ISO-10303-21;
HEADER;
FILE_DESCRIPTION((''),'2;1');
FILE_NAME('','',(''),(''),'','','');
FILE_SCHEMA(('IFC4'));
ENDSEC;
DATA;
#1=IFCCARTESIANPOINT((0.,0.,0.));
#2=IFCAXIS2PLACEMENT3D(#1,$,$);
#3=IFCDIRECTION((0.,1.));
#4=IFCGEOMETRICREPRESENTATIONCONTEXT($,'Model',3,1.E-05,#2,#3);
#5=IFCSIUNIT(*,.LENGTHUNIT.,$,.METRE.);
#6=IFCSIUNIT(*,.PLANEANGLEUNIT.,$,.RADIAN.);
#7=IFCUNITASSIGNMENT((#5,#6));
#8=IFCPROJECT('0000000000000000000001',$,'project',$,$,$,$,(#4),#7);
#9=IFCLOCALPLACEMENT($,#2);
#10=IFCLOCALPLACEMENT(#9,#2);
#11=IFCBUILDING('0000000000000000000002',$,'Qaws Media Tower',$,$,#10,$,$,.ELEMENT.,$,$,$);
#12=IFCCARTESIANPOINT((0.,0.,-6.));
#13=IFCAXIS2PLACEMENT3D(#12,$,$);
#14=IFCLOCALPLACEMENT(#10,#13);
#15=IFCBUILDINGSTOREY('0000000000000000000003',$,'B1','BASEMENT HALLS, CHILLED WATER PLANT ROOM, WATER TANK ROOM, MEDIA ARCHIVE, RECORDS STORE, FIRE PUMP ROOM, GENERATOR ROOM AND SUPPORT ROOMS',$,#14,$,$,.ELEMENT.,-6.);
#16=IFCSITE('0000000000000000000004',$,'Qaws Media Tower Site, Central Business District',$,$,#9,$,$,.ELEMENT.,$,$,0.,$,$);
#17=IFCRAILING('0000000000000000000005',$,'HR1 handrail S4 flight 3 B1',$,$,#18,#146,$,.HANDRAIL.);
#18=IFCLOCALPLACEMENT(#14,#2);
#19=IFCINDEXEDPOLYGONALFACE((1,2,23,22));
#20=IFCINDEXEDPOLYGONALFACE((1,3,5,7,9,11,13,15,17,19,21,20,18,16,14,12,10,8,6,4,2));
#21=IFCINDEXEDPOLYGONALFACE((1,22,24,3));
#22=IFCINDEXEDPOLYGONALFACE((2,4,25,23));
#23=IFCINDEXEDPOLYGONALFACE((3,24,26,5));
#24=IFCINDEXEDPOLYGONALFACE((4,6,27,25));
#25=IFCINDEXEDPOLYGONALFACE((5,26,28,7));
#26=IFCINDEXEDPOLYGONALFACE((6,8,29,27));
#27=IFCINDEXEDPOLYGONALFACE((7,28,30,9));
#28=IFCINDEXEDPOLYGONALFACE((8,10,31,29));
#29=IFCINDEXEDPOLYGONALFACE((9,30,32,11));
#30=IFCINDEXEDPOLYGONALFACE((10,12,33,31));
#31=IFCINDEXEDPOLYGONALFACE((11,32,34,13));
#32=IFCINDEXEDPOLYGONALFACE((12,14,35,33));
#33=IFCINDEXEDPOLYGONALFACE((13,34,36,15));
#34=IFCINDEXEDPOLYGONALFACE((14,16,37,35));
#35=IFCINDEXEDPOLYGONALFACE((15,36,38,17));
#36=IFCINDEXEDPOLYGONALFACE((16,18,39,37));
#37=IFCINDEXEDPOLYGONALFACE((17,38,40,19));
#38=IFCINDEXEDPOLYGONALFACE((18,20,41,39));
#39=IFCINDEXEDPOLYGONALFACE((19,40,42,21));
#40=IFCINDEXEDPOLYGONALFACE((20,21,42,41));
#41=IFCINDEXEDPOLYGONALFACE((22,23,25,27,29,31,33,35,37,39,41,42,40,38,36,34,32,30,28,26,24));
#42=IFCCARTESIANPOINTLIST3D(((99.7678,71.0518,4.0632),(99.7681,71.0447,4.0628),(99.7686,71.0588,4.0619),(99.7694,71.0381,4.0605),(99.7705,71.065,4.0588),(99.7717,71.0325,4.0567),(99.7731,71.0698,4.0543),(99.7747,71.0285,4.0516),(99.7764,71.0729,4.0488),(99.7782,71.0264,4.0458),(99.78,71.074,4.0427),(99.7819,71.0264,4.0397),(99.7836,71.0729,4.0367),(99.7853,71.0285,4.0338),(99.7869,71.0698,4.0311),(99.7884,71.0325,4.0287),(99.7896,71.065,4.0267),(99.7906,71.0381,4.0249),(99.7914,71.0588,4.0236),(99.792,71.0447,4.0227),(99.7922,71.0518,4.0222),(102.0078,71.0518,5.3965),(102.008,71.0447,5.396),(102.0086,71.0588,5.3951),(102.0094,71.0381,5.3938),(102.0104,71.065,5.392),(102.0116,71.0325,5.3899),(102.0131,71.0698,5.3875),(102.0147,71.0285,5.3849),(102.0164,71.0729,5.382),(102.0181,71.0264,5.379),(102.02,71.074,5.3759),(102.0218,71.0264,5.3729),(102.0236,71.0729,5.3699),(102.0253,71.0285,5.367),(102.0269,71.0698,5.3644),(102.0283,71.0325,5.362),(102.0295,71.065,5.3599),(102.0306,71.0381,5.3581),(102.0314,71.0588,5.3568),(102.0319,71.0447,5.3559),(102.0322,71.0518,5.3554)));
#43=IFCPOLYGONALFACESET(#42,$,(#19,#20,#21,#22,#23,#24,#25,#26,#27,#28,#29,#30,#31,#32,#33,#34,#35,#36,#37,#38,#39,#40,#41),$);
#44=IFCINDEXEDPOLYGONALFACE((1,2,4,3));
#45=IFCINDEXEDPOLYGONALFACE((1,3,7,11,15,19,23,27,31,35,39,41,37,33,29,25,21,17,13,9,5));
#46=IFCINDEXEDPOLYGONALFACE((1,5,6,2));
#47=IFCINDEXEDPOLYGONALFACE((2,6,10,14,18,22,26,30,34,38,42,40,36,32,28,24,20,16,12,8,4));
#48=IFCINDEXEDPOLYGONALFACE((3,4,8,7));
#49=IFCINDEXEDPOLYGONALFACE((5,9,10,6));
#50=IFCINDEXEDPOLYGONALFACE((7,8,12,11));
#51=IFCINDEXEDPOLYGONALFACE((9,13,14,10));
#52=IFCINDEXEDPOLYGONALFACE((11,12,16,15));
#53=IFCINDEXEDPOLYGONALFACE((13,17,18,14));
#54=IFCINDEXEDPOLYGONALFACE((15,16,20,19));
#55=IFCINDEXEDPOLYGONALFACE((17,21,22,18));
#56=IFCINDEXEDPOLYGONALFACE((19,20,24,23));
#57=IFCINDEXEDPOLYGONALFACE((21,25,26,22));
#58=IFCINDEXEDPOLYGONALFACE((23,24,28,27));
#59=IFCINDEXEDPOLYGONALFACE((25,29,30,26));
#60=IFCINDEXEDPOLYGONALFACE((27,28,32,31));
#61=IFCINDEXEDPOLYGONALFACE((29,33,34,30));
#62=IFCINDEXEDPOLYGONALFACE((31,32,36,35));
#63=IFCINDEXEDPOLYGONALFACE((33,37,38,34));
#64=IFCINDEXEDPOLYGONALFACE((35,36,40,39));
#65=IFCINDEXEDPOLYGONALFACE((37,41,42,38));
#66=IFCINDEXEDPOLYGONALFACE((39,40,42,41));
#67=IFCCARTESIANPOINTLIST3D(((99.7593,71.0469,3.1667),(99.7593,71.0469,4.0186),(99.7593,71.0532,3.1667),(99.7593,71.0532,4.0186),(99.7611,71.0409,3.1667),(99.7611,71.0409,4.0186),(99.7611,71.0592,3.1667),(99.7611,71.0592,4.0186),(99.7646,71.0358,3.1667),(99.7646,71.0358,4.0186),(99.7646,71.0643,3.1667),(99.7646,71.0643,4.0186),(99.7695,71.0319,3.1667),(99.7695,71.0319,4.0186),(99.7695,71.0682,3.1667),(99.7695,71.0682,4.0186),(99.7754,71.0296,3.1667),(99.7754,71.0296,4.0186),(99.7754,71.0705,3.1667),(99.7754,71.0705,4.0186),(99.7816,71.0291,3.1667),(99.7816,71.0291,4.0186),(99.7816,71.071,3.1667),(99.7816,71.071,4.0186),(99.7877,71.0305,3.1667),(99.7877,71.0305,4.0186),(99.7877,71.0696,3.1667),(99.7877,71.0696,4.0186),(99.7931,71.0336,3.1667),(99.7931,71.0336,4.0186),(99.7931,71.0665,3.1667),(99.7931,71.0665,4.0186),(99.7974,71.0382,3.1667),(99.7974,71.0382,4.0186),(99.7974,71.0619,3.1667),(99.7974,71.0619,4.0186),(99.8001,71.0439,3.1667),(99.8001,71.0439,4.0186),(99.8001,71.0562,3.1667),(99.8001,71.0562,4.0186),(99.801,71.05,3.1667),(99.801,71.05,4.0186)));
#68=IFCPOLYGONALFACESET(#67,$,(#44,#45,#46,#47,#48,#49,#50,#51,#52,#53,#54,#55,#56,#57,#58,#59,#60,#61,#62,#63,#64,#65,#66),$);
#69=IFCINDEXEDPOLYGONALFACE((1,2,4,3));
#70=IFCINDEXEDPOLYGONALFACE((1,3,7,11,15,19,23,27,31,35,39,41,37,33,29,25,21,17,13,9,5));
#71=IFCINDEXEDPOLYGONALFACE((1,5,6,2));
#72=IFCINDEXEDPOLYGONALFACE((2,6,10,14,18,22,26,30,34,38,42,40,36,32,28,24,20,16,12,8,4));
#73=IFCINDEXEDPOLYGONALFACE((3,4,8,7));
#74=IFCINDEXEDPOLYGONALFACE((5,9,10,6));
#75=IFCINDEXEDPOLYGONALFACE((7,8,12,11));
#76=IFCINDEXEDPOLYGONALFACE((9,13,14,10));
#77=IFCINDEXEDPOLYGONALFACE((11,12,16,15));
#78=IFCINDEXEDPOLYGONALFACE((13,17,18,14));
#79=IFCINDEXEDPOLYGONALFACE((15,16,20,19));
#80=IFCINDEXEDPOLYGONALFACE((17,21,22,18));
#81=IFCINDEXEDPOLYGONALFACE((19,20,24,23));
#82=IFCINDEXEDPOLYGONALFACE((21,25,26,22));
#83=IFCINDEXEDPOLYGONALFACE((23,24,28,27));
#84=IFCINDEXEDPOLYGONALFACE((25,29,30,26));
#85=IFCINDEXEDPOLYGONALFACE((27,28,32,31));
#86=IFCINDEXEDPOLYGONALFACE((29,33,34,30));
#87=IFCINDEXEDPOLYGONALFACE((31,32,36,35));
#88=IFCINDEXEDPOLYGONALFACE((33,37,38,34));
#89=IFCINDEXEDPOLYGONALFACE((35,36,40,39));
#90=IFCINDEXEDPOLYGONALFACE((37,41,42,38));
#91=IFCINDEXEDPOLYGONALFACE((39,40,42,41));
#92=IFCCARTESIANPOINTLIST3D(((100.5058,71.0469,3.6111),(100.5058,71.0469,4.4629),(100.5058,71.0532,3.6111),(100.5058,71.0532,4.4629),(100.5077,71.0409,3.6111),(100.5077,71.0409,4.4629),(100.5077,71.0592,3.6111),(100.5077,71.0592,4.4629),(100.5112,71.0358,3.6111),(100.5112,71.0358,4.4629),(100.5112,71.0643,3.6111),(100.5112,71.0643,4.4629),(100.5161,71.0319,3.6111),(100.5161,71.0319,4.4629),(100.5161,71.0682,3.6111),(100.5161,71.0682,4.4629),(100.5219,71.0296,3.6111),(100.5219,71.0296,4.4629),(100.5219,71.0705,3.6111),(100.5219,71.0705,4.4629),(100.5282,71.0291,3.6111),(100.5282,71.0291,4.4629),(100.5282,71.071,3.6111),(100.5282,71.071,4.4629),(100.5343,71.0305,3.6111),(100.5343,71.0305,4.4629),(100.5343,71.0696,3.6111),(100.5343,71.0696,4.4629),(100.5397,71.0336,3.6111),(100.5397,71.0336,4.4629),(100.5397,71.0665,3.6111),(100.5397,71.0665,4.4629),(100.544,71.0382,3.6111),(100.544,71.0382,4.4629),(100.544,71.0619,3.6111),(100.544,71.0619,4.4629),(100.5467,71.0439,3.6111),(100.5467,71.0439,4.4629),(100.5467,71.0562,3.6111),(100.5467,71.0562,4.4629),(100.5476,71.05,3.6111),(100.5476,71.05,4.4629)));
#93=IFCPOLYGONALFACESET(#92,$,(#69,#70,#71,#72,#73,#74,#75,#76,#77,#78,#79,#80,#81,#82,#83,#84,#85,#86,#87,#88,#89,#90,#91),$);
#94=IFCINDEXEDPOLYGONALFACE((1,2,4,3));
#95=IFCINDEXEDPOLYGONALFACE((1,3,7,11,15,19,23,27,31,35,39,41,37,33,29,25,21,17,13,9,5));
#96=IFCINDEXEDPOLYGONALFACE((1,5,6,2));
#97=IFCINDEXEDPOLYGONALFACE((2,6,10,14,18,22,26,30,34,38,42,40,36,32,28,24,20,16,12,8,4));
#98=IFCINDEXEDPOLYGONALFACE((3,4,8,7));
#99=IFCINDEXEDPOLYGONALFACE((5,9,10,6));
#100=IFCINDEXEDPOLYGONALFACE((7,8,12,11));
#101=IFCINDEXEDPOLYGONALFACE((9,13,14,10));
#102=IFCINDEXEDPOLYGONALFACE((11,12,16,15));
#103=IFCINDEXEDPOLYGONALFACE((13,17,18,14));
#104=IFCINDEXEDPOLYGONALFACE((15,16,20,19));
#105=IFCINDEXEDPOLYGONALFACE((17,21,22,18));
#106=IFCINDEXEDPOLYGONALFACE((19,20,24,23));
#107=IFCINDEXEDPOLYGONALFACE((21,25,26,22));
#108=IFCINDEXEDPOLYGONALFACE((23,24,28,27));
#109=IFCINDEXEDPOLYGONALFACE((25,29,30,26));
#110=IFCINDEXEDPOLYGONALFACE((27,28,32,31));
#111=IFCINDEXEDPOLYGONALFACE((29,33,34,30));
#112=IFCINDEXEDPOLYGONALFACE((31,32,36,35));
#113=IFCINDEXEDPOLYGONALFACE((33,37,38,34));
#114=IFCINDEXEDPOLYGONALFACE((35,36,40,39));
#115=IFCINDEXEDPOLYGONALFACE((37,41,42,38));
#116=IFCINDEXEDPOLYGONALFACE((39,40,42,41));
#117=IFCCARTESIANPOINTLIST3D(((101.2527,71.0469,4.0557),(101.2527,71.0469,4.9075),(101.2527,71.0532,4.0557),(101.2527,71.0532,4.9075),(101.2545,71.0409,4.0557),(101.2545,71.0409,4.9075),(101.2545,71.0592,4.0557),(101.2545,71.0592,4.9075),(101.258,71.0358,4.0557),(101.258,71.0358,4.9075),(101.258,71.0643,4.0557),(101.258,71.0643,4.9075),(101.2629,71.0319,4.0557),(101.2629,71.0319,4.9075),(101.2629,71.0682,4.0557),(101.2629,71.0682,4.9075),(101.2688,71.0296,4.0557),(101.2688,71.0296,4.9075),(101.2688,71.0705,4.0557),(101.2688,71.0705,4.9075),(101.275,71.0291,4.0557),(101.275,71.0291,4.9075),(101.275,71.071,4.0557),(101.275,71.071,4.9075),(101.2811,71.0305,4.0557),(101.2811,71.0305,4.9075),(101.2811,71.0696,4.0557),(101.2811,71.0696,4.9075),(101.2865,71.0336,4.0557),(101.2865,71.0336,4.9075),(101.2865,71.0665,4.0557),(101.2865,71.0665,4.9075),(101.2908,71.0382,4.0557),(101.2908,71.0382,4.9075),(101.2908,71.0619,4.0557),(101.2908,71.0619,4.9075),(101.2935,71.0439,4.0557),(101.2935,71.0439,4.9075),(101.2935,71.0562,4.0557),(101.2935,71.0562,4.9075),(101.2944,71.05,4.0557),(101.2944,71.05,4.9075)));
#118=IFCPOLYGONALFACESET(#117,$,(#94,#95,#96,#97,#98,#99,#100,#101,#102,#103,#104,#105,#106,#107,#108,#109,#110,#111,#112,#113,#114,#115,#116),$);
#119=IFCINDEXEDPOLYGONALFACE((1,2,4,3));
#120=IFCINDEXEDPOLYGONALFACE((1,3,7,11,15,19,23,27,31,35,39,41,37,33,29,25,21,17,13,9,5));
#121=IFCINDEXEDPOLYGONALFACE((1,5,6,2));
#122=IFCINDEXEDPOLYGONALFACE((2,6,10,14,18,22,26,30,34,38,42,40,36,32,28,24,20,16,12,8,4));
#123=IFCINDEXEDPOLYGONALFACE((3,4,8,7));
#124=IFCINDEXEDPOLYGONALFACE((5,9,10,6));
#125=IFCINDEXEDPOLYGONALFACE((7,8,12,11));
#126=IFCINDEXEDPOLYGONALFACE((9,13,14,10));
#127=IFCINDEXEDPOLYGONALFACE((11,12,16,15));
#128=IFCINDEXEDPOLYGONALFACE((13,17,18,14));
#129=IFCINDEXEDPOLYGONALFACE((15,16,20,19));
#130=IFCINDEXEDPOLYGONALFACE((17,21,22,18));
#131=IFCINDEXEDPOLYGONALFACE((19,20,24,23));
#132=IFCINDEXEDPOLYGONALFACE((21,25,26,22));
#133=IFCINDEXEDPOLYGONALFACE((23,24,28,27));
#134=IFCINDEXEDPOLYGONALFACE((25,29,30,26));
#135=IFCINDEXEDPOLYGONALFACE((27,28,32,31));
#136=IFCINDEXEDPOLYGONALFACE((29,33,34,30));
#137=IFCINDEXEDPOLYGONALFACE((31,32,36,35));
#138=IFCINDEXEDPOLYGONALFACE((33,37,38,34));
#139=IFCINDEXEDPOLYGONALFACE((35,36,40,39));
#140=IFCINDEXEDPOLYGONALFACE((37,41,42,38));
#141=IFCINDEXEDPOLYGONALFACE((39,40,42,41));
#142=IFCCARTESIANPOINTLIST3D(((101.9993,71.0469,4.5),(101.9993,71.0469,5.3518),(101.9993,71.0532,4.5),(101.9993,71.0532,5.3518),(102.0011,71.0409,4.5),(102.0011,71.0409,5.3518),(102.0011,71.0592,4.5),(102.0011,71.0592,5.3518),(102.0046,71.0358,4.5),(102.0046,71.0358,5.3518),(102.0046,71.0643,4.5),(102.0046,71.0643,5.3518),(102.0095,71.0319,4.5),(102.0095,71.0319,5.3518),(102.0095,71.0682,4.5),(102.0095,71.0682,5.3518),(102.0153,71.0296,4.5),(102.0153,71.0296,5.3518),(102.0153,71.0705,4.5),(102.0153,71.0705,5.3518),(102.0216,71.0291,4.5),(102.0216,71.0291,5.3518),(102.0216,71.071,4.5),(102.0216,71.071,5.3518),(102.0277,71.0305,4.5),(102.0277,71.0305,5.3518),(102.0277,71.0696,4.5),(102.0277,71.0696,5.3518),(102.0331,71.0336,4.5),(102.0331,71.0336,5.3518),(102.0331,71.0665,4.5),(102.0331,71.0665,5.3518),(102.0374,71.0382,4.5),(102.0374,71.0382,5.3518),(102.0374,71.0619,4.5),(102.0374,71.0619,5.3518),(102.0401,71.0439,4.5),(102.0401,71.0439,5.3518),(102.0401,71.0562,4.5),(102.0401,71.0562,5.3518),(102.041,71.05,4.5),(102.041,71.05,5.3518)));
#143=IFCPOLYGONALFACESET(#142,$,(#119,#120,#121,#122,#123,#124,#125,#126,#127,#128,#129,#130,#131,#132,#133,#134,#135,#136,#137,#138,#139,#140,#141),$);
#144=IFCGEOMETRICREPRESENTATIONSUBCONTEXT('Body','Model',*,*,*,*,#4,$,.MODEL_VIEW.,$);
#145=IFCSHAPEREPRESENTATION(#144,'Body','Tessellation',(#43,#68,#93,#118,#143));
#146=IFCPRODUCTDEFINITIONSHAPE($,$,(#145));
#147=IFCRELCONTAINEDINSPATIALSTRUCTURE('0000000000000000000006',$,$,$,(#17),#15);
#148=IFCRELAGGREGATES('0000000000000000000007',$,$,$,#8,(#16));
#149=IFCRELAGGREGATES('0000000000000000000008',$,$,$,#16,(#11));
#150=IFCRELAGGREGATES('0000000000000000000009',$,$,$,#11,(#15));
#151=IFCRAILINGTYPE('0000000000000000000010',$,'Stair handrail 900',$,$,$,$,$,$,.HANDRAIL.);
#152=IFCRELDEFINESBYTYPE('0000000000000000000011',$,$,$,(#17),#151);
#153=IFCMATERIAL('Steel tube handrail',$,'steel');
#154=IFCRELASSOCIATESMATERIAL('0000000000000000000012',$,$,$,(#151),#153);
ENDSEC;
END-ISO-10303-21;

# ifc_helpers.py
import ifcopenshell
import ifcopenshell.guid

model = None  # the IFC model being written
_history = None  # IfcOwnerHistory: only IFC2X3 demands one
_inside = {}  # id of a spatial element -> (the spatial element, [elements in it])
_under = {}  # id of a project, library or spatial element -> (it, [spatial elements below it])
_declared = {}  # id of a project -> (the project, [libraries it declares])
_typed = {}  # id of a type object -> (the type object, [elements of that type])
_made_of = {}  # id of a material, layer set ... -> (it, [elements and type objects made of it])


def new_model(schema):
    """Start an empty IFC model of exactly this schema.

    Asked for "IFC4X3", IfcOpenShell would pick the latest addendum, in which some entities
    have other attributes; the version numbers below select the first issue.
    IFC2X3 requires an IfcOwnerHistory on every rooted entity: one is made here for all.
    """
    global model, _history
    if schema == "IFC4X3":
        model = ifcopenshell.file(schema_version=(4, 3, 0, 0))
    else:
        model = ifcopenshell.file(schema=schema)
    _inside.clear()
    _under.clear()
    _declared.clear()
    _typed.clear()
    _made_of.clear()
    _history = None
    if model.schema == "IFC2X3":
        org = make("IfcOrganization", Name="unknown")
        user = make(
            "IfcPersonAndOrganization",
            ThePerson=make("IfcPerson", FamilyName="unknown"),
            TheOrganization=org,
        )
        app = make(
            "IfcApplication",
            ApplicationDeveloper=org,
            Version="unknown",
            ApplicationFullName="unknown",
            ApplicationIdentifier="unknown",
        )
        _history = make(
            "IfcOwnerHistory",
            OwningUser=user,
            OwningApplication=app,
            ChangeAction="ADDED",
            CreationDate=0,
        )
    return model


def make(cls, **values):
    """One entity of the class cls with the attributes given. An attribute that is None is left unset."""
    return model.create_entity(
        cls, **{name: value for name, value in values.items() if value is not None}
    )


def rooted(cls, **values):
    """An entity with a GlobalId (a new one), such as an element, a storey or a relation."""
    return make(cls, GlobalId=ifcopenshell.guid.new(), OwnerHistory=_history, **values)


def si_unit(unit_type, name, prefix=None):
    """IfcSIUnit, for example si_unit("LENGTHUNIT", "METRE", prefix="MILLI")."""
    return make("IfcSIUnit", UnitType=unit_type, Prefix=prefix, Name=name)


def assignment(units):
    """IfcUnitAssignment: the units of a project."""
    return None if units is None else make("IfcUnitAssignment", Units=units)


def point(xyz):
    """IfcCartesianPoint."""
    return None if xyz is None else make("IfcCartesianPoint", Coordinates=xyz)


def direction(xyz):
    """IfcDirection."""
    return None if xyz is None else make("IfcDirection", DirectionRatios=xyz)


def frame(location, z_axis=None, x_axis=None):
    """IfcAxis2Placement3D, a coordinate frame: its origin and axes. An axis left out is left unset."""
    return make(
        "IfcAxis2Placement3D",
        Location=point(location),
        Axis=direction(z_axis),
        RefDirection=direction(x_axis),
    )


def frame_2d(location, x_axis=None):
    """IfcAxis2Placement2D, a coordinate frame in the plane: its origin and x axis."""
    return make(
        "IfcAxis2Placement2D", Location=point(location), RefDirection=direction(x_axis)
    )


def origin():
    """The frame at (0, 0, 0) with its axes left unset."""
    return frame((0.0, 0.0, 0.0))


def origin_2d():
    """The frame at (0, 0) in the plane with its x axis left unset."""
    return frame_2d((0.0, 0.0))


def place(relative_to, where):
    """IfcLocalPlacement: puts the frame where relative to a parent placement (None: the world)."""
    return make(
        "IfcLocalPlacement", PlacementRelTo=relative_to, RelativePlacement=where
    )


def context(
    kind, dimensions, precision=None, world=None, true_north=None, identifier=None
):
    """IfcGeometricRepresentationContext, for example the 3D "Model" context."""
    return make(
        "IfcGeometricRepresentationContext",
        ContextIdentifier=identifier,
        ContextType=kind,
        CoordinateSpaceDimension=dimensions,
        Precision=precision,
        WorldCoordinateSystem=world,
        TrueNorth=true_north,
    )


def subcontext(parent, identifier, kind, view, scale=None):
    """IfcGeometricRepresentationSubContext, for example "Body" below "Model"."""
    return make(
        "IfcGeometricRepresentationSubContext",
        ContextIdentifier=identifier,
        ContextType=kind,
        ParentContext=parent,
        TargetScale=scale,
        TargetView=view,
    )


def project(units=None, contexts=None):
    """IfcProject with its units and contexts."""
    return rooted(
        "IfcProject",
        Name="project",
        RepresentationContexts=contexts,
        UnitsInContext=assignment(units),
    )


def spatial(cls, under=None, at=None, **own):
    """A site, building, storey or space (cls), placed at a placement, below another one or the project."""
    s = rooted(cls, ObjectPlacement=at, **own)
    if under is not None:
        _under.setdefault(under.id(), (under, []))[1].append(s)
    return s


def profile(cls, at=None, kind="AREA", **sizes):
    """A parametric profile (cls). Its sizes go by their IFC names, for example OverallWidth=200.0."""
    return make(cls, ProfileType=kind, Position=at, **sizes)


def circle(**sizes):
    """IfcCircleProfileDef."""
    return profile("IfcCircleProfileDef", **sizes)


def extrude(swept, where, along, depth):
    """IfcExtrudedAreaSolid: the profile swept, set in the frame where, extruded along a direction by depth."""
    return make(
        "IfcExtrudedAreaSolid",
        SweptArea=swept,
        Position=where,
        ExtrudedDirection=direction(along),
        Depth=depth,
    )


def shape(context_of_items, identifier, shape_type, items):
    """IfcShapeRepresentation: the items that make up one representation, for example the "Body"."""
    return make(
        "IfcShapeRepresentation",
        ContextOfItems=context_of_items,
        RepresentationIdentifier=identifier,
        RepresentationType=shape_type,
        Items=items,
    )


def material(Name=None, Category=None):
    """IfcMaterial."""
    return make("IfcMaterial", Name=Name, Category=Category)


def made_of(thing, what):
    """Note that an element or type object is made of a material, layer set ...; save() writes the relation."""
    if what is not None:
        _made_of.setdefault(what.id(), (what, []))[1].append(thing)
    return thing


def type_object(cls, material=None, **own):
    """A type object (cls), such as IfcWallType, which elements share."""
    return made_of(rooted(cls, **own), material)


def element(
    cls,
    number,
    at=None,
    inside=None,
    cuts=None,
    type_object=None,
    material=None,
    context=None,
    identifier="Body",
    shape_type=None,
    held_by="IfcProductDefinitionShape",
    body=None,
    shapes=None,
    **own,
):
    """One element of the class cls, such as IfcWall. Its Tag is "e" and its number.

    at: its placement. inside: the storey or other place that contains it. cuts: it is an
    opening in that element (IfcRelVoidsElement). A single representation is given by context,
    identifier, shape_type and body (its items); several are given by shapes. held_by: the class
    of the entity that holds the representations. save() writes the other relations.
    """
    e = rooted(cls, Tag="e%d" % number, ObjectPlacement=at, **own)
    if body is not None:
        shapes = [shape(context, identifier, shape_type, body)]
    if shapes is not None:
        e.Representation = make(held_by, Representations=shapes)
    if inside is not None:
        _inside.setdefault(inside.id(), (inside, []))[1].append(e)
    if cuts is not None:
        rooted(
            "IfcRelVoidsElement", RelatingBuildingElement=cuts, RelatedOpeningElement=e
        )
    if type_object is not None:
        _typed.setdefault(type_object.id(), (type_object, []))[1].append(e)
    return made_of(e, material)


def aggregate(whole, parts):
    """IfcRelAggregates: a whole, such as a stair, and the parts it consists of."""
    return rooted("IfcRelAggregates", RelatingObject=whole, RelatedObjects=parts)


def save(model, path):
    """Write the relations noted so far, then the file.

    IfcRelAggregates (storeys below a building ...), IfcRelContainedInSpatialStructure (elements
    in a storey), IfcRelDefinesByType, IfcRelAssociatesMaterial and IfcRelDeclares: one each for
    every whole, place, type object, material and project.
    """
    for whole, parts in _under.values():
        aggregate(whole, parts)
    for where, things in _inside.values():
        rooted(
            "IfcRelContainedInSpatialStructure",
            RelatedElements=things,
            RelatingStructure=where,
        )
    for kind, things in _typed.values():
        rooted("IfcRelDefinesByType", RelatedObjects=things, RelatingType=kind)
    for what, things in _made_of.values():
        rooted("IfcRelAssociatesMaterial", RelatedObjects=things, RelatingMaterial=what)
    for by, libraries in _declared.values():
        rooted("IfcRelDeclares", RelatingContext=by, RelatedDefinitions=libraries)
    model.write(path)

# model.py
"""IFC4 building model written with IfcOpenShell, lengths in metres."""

from ifc_helpers import new_model, si_unit, direction, frame, origin, origin_2d, place, context, subcontext, project, spatial, circle, extrude, material, type_object, element, save


model = new_model("IFC4")

# Units and contexts
model_context = context("Model", 3, precision=1e-05, world=origin(), true_north=direction((0.0, 1.0)))
body_context = subcontext(model_context, "Body", "Model", "MODEL_VIEW")
ifc_project = project(units=[si_unit("LENGTHUNIT", "METRE"), si_unit("PLANEANGLEUNIT", "RADIAN")], contexts=[model_context])

# Site, building, storey
site_placement = place(None, origin())
site = spatial("IfcSite", under=ifc_project, at=site_placement, Name="Qaws Media Tower Site, Central Business District", CompositionType="ELEMENT", RefElevation=0.0)
building_placement = place(site_placement, origin())
building = spatial("IfcBuilding", under=site, at=building_placement, Name="Qaws Media Tower", CompositionType="ELEMENT")
storey_placement = place(building_placement, frame((0.0, 0.0, -6.0)))
storey = spatial("IfcBuildingStorey", under=building, at=storey_placement, Name="B1", Description="BASEMENT HALLS, CHILLED WATER PLANT ROOM, WATER TANK ROOM, MEDIA ARCHIVE, RECORDS STORE, FIRE PUMP ROOM, GENERATOR ROOM AND SUPPORT ROOMS", CompositionType="ELEMENT", Elevation=-6.0)

# Railing
ifc_material_1 = material(Name="Steel tube handrail", Category="steel")
railing_type = type_object("IfcRailingType", Name="Stair handrail 900", PredefinedType="HANDRAIL", material=ifc_material_1)
for number, where, name in (
    (1, (99.78, 71.05, 3.1667), "HR1 handrail S4 flight 3 B1"),
):
    element("IfcRailing", number, at=place(storey_placement, frame(where)), inside=storey, type_object=railing_type, Name=name, PredefinedType="HANDRAIL", context=body_context, shape_type="SweptSolid", body=[
        extrude(circle(Radius=0.0239, at=origin_2d()), frame((0.0, 0.0, 0.876), z_axis=(0.859306, 0.0, 0.511462), x_axis=(0.0, 1.0, 0.0)), (0.0, 0.0, 1.0), 2.6067),
        extrude(circle(Radius=0.021, at=origin_2d()), origin(), (0.0, 0.0, 1.0), 0.8518),
        extrude(circle(Radius=0.021, at=origin_2d()), frame((0.7466, 0.0, 0.4443)), (0.0, 0.0, 1.0), 0.8518),
        extrude(circle(Radius=0.021, at=origin_2d()), frame((1.4934, 0.0, 0.8889)), (0.0, 0.0, 1.0), 0.8518),
        extrude(circle(Radius=0.021, at=origin_2d()), frame((2.24, 0.0, 1.3333)), (0.0, 0.0, 1.0), 0.8518),
    ])

save(model, "model.ifc")
